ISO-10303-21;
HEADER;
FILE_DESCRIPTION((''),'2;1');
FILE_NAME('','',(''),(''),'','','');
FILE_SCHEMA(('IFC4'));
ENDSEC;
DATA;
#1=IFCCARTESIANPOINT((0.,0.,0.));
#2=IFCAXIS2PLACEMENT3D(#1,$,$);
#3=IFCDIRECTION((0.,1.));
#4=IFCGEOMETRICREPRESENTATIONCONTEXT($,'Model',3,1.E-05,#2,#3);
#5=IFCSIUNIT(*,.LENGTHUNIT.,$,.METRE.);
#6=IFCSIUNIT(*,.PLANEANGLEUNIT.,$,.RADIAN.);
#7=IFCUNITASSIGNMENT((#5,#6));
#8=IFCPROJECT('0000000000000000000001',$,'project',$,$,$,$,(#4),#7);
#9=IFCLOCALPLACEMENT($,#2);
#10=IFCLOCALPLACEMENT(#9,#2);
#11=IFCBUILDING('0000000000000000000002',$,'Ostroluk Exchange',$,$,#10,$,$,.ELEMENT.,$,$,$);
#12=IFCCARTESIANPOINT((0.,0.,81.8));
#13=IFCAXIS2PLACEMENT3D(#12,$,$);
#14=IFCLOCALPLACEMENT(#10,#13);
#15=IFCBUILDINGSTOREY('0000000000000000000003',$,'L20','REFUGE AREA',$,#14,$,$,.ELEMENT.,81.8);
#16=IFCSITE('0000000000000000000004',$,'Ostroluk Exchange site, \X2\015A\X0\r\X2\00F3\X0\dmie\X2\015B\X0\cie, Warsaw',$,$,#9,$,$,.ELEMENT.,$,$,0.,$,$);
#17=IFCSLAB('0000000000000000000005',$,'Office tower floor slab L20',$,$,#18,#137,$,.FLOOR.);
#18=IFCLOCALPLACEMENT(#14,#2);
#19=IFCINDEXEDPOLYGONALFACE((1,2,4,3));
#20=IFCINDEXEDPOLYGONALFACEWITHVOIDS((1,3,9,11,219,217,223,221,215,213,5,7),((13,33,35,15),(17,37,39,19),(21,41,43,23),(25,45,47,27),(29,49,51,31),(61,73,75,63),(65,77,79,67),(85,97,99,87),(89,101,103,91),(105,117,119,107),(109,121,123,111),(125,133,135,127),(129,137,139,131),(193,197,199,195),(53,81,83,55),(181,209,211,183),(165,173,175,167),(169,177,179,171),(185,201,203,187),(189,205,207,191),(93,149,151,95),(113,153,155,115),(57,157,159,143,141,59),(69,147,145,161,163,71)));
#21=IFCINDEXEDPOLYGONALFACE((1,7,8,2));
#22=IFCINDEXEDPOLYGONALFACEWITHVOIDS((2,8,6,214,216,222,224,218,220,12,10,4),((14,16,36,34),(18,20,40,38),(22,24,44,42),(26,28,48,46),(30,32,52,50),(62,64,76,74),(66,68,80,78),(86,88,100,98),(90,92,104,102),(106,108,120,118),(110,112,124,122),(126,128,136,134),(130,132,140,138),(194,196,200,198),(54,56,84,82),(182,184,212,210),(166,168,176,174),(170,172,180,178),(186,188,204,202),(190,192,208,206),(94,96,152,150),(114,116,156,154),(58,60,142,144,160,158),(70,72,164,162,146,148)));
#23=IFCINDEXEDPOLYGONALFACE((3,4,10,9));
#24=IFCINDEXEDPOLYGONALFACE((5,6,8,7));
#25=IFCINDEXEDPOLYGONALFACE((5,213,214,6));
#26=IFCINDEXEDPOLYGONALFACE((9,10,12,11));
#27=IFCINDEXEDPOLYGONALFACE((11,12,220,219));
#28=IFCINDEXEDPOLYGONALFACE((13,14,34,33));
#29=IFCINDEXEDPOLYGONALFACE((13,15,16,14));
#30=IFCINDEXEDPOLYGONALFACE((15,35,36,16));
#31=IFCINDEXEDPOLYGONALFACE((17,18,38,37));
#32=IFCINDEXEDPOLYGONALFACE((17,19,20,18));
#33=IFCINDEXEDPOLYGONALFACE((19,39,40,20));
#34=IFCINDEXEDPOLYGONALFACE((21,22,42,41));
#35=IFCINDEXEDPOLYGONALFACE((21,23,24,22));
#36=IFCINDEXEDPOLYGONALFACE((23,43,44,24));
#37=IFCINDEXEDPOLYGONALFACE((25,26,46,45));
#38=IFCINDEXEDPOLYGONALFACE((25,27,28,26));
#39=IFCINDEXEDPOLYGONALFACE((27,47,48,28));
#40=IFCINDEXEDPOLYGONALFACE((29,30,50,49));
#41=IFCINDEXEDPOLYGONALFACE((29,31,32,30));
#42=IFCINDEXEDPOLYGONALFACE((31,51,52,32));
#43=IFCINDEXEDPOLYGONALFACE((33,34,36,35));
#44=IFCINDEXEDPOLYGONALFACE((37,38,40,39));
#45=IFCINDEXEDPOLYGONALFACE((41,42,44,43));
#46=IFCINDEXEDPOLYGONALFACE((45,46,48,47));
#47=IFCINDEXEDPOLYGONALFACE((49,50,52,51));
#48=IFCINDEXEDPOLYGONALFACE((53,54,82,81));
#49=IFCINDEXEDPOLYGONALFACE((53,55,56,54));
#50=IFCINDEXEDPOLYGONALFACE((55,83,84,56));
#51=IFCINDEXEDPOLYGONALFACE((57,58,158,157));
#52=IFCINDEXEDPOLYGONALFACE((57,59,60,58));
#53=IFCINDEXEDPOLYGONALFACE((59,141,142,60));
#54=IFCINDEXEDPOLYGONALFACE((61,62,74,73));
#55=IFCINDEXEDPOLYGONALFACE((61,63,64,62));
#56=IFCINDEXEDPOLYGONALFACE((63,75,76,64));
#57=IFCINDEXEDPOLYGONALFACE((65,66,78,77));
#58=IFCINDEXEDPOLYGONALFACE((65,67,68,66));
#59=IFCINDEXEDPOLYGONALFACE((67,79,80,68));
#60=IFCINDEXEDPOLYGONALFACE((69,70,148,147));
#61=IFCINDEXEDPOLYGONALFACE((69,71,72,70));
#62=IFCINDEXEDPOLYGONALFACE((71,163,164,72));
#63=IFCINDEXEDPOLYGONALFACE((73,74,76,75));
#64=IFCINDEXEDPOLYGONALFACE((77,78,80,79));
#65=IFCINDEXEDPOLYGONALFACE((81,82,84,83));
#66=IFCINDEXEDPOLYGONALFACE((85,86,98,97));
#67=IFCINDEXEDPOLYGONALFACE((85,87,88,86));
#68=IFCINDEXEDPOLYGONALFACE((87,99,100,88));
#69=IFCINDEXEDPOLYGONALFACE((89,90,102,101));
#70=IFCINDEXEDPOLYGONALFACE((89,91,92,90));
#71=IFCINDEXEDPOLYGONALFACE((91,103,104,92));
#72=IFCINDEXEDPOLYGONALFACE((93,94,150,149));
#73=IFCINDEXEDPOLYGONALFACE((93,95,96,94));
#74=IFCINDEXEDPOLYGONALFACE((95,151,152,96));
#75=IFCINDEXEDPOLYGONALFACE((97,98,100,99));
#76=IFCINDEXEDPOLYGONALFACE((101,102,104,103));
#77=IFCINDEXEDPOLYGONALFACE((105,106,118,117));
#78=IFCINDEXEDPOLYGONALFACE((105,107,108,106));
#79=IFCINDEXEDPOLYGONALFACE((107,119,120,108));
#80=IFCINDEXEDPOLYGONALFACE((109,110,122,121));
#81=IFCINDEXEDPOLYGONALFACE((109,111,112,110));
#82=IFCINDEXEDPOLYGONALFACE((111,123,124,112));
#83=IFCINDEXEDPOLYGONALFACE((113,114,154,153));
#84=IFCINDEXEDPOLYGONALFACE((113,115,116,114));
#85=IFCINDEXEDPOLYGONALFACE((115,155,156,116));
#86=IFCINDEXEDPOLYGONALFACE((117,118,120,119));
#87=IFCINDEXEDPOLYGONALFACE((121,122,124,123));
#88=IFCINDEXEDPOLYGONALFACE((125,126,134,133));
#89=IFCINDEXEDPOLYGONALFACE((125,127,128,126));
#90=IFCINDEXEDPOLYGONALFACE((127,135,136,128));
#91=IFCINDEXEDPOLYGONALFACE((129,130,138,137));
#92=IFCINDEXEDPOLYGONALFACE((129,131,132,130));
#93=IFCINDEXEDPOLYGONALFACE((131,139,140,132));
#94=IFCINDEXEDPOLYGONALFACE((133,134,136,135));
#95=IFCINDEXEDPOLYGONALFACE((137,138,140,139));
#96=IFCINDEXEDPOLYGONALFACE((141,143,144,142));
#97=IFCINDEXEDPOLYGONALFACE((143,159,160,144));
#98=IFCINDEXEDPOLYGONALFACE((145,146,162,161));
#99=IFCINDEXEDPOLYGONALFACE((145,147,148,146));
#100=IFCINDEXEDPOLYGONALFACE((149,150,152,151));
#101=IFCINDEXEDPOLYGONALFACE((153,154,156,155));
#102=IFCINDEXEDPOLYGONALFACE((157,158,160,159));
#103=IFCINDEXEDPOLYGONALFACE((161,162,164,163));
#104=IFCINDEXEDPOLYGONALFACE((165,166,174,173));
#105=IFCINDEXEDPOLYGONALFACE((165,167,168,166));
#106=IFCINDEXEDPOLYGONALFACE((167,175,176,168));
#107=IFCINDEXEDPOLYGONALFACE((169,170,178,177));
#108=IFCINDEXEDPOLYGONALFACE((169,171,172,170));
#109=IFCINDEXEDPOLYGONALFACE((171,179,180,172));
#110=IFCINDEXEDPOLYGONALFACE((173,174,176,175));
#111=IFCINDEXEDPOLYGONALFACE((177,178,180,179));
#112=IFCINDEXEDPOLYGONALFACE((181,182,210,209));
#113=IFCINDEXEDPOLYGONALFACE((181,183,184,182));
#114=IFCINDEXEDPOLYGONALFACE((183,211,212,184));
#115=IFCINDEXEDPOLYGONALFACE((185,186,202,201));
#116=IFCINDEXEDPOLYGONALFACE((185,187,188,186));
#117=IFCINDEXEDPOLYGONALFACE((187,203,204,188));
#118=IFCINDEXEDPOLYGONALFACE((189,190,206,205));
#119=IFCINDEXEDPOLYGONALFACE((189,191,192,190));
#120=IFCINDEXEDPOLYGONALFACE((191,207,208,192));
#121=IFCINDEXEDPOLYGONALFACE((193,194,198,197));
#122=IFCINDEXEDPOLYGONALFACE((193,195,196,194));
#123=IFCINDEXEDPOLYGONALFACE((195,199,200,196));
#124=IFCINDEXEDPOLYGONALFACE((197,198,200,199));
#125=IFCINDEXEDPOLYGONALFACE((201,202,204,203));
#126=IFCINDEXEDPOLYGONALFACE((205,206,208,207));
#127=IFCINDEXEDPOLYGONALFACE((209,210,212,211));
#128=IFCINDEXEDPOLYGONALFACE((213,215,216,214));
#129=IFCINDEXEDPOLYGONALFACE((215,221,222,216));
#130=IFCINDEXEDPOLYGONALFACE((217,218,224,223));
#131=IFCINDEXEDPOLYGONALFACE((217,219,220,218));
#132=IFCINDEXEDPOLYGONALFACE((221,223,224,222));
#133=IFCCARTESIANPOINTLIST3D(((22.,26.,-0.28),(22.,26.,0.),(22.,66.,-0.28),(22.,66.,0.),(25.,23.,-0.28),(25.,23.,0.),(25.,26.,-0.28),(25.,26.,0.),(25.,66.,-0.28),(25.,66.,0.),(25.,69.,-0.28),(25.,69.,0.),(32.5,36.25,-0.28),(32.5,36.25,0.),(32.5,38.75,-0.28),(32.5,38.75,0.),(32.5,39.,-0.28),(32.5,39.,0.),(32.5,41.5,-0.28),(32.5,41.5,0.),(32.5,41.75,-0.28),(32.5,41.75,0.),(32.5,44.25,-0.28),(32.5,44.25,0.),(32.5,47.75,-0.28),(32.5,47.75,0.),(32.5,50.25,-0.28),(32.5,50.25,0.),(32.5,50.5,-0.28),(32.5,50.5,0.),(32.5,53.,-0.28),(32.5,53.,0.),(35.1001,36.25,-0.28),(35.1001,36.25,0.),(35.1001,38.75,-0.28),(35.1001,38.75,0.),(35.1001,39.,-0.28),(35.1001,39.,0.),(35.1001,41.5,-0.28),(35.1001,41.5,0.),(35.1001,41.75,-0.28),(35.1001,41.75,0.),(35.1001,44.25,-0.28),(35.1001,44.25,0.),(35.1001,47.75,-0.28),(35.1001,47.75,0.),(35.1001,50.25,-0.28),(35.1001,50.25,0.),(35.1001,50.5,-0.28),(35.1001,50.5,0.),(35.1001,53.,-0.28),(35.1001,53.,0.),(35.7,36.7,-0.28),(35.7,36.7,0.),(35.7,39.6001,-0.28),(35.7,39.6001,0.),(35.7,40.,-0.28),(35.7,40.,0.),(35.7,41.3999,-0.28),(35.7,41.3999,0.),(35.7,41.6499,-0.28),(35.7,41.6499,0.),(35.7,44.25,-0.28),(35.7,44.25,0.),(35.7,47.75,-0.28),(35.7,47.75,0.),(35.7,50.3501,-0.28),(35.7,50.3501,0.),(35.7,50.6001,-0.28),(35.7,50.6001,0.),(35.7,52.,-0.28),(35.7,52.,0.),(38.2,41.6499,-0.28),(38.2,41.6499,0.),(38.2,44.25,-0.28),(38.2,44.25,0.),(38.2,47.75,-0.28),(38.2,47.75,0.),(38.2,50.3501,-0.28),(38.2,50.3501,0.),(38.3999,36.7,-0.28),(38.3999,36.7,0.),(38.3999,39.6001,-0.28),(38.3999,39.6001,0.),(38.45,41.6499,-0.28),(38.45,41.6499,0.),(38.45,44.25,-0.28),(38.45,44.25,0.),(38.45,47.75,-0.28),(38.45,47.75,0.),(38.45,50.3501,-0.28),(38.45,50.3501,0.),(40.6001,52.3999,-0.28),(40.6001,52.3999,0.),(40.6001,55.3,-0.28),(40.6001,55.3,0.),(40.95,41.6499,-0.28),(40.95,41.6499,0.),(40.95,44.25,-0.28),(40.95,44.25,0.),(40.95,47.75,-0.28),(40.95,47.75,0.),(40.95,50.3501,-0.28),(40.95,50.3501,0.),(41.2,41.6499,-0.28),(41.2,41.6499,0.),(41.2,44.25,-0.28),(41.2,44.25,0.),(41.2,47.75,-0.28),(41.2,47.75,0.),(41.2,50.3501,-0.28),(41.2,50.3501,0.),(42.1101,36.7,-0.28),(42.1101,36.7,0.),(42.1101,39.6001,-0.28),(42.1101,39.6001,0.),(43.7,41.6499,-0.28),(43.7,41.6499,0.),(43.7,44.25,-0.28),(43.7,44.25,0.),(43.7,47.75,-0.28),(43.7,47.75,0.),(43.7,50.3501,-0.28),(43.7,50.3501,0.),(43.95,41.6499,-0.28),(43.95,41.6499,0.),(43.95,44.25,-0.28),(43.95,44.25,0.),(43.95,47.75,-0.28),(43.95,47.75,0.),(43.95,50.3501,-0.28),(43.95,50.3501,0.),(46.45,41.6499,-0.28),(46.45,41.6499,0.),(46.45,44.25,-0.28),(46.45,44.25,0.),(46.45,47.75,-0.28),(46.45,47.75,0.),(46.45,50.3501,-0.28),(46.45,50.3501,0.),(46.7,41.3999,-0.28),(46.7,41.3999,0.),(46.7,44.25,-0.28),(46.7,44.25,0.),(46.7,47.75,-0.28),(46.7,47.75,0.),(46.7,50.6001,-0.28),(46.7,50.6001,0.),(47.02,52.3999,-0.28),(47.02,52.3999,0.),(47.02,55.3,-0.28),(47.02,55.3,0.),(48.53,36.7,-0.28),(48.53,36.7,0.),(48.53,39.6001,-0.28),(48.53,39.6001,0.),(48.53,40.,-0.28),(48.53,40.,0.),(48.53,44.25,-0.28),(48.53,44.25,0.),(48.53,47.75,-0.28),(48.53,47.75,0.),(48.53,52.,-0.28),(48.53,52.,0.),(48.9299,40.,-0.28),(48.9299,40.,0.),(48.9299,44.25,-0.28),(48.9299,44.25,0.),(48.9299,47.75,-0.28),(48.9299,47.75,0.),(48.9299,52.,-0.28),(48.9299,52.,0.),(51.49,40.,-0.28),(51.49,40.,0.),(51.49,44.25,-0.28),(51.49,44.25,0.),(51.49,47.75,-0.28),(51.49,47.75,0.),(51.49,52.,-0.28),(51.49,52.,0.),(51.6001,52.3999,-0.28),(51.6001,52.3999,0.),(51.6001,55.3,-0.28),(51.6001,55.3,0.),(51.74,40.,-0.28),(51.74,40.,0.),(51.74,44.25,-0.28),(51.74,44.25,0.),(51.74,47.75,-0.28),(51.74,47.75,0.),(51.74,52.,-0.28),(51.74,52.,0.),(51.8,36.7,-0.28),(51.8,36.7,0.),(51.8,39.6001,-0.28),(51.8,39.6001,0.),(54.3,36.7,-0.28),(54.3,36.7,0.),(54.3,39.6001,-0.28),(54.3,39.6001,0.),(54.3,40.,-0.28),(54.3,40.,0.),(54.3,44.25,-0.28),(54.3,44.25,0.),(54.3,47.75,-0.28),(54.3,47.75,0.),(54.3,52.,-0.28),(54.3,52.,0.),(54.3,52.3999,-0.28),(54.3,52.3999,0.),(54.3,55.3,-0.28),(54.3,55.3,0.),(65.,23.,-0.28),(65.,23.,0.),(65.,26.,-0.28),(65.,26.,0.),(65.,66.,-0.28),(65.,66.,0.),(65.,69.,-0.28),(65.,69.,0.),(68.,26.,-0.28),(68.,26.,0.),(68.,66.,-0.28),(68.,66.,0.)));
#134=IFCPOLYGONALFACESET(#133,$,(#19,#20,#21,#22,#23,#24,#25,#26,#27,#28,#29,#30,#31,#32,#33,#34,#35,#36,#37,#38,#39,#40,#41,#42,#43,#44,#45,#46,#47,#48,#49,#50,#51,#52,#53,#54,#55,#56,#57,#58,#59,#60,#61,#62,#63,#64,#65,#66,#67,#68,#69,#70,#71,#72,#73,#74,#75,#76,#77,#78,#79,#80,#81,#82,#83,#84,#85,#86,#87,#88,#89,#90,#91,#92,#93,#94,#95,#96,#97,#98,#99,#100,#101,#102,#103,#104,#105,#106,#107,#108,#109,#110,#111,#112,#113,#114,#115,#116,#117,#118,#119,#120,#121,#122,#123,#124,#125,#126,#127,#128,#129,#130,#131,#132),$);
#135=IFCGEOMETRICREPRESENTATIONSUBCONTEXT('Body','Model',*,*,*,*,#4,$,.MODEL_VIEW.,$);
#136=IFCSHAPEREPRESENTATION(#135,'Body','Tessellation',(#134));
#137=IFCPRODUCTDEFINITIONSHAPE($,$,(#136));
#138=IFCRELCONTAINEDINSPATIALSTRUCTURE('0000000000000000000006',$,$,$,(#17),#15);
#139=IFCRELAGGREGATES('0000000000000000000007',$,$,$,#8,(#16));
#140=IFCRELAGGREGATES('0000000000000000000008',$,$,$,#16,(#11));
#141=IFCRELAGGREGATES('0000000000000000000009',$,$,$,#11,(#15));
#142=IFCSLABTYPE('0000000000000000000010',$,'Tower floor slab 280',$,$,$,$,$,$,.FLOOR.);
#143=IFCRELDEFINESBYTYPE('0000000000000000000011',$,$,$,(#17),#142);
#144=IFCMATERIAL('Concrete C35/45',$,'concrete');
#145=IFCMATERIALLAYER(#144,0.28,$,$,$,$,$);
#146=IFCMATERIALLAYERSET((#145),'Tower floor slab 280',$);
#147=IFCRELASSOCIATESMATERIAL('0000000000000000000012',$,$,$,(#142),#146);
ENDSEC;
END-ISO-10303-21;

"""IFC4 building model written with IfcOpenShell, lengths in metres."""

from ifc_helpers import new_model, si_unit, direction, frame, origin, place, context, subcontext, project, spatial, polyline, outline, extrude, material, layer, layer_set, type_object, element, save


model = new_model("IFC4")

# Units and contexts
model_context = context("Model", 3, precision=1e-05, world=origin(), true_north=direction((0.0, 1.0)))
body_context = subcontext(model_context, "Body", "Model", "MODEL_VIEW")
ifc_project = project(units=[si_unit("LENGTHUNIT", "METRE"), si_unit("PLANEANGLEUNIT", "RADIAN")], contexts=[model_context])

# Site, building, storey
site_placement = place(None, origin())
site = spatial("IfcSite", under=ifc_project, at=site_placement, Name="Ostroluk Exchange site, Śródmieście, Warsaw", CompositionType="ELEMENT", RefElevation=0.0)
building_placement = place(site_placement, origin())
building = spatial("IfcBuilding", under=site, at=building_placement, Name="Ostroluk Exchange", CompositionType="ELEMENT")
storey_placement = place(building_placement, frame((0.0, 0.0, 81.8)))
storey = spatial("IfcBuildingStorey", under=building, at=storey_placement, Name="L20", Description="REFUGE AREA", CompositionType="ELEMENT", Elevation=81.8)

# Slab
ifc_material_1 = material(Name="Concrete C35/45", Category="concrete")
ifc_layer_1 = layer(ifc_material_1, 0.28)
ifc_layer_set_1 = layer_set([ifc_layer_1], Name="Tower floor slab 280")
slab_type_1 = type_object("IfcSlabType", Name="Tower floor slab 280", PredefinedType="FLOOR", material=ifc_layer_set_1)
slab_1_placement = place(storey_placement, frame((0.0, 0.0, -0.28)))
element("IfcSlab", 1, at=slab_1_placement, inside=storey, type_object=slab_type_1, Name="Office tower floor slab L20", PredefinedType="FLOOR", context=body_context, shape_type="SweptSolid", body=[
    extrude(outline(polyline([(25.0, 23.0), (65.0, 23.0), (65.0, 26.0), (68.0, 26.0), (68.0, 66.0), (65.0, 66.0), (65.0, 69.0), (25.0, 69.0), (25.0, 66.0), (22.0, 66.0), (22.0, 26.0), (25.0, 26.0), (25.0, 23.0)]), holes=[polyline([(35.7, 36.7), (38.3999, 36.7), (38.3999, 39.6001), (35.7, 39.6001), (35.7, 36.7)]), polyline([(42.1101, 36.7), (48.53, 36.7), (48.53, 39.6001), (42.1101, 39.6001), (42.1101, 36.7)]), polyline([(51.8, 36.7), (54.3, 36.7), (54.3, 39.6001), (51.8, 39.6001), (51.8, 36.7)]), polyline([(40.6001, 52.3999), (47.02, 52.3999), (47.02, 55.3), (40.6001, 55.3), (40.6001, 52.3999)]), polyline([(51.6001, 52.3999), (54.3, 52.3999), (54.3, 55.3), (51.6001, 55.3), (51.6001, 52.3999)]), polyline([(35.7, 47.75), (38.2, 47.75), (38.2, 50.3501), (35.7, 50.3501), (35.7, 47.75)]), polyline([(38.45, 47.75), (40.95, 47.75), (40.95, 50.3501), (38.45, 50.3501), (38.45, 47.75)]), polyline([(41.2, 47.75), (43.7, 47.75), (43.7, 50.3501), (41.2, 50.3501), (41.2, 47.75)]), polyline([(43.95, 47.75), (46.45, 47.75), (46.45, 50.3501), (43.95, 50.3501), (43.95, 47.75)]), polyline([(35.7, 41.6499), (38.2, 41.6499), (38.2, 44.25), (35.7, 44.25), (35.7, 41.6499)]), polyline([(38.45, 41.6499), (40.95, 41.6499), (40.95, 44.25), (38.45, 44.25), (38.45, 41.6499)]), polyline([(41.2, 41.6499), (43.7, 41.6499), (43.7, 44.25), (41.2, 44.25), (41.2, 41.6499)]), polyline([(43.95, 41.6499), (46.45, 41.6499), (46.45, 44.25), (43.95, 44.25), (43.95, 41.6499)]), polyline([(48.9299, 47.75), (51.49, 47.75), (51.49, 52.0), (48.9299, 52.0), (48.9299, 47.75)]), polyline([(51.74, 47.75), (54.3, 47.75), (54.3, 52.0), (51.74, 52.0), (51.74, 47.75)]), polyline([(48.9299, 40.0), (51.49, 40.0), (51.49, 44.25), (48.9299, 44.25), (48.9299, 40.0)]), polyline([(51.74, 40.0), (54.3, 40.0), (54.3, 44.25), (51.74, 44.25), (51.74, 40.0)]), polyline([(48.53, 52.0), (48.53, 47.75), (46.7, 47.75), (46.7, 50.6001), (35.7, 50.6001), (35.7, 52.0), (48.53, 52.0)]), polyline([(35.7, 40.0), (35.7, 41.3999), (46.7, 41.3999), (46.7, 44.25), (48.53, 44.25), (48.53, 40.0), (35.7, 40.0)]), polyline([(32.5, 36.25), (35.1001, 36.25), (35.1001, 38.75), (32.5, 38.75), (32.5, 36.25)]), polyline([(32.5, 39.0), (35.1001, 39.0), (35.1001, 41.5), (32.5, 41.5), (32.5, 39.0)]), polyline([(32.5, 41.75), (35.1001, 41.75), (35.1001, 44.25), (32.5, 44.25), (32.5, 41.75)]), polyline([(32.5, 47.75), (35.1001, 47.75), (35.1001, 50.25), (32.5, 50.25), (32.5, 47.75)]), polyline([(32.5, 50.5), (35.1001, 50.5), (35.1001, 53.0), (32.5, 53.0), (32.5, 50.5)])]), origin(), (0.0, 0.0, 1.0), 0.28),
])

save(model, "model.ifc")
